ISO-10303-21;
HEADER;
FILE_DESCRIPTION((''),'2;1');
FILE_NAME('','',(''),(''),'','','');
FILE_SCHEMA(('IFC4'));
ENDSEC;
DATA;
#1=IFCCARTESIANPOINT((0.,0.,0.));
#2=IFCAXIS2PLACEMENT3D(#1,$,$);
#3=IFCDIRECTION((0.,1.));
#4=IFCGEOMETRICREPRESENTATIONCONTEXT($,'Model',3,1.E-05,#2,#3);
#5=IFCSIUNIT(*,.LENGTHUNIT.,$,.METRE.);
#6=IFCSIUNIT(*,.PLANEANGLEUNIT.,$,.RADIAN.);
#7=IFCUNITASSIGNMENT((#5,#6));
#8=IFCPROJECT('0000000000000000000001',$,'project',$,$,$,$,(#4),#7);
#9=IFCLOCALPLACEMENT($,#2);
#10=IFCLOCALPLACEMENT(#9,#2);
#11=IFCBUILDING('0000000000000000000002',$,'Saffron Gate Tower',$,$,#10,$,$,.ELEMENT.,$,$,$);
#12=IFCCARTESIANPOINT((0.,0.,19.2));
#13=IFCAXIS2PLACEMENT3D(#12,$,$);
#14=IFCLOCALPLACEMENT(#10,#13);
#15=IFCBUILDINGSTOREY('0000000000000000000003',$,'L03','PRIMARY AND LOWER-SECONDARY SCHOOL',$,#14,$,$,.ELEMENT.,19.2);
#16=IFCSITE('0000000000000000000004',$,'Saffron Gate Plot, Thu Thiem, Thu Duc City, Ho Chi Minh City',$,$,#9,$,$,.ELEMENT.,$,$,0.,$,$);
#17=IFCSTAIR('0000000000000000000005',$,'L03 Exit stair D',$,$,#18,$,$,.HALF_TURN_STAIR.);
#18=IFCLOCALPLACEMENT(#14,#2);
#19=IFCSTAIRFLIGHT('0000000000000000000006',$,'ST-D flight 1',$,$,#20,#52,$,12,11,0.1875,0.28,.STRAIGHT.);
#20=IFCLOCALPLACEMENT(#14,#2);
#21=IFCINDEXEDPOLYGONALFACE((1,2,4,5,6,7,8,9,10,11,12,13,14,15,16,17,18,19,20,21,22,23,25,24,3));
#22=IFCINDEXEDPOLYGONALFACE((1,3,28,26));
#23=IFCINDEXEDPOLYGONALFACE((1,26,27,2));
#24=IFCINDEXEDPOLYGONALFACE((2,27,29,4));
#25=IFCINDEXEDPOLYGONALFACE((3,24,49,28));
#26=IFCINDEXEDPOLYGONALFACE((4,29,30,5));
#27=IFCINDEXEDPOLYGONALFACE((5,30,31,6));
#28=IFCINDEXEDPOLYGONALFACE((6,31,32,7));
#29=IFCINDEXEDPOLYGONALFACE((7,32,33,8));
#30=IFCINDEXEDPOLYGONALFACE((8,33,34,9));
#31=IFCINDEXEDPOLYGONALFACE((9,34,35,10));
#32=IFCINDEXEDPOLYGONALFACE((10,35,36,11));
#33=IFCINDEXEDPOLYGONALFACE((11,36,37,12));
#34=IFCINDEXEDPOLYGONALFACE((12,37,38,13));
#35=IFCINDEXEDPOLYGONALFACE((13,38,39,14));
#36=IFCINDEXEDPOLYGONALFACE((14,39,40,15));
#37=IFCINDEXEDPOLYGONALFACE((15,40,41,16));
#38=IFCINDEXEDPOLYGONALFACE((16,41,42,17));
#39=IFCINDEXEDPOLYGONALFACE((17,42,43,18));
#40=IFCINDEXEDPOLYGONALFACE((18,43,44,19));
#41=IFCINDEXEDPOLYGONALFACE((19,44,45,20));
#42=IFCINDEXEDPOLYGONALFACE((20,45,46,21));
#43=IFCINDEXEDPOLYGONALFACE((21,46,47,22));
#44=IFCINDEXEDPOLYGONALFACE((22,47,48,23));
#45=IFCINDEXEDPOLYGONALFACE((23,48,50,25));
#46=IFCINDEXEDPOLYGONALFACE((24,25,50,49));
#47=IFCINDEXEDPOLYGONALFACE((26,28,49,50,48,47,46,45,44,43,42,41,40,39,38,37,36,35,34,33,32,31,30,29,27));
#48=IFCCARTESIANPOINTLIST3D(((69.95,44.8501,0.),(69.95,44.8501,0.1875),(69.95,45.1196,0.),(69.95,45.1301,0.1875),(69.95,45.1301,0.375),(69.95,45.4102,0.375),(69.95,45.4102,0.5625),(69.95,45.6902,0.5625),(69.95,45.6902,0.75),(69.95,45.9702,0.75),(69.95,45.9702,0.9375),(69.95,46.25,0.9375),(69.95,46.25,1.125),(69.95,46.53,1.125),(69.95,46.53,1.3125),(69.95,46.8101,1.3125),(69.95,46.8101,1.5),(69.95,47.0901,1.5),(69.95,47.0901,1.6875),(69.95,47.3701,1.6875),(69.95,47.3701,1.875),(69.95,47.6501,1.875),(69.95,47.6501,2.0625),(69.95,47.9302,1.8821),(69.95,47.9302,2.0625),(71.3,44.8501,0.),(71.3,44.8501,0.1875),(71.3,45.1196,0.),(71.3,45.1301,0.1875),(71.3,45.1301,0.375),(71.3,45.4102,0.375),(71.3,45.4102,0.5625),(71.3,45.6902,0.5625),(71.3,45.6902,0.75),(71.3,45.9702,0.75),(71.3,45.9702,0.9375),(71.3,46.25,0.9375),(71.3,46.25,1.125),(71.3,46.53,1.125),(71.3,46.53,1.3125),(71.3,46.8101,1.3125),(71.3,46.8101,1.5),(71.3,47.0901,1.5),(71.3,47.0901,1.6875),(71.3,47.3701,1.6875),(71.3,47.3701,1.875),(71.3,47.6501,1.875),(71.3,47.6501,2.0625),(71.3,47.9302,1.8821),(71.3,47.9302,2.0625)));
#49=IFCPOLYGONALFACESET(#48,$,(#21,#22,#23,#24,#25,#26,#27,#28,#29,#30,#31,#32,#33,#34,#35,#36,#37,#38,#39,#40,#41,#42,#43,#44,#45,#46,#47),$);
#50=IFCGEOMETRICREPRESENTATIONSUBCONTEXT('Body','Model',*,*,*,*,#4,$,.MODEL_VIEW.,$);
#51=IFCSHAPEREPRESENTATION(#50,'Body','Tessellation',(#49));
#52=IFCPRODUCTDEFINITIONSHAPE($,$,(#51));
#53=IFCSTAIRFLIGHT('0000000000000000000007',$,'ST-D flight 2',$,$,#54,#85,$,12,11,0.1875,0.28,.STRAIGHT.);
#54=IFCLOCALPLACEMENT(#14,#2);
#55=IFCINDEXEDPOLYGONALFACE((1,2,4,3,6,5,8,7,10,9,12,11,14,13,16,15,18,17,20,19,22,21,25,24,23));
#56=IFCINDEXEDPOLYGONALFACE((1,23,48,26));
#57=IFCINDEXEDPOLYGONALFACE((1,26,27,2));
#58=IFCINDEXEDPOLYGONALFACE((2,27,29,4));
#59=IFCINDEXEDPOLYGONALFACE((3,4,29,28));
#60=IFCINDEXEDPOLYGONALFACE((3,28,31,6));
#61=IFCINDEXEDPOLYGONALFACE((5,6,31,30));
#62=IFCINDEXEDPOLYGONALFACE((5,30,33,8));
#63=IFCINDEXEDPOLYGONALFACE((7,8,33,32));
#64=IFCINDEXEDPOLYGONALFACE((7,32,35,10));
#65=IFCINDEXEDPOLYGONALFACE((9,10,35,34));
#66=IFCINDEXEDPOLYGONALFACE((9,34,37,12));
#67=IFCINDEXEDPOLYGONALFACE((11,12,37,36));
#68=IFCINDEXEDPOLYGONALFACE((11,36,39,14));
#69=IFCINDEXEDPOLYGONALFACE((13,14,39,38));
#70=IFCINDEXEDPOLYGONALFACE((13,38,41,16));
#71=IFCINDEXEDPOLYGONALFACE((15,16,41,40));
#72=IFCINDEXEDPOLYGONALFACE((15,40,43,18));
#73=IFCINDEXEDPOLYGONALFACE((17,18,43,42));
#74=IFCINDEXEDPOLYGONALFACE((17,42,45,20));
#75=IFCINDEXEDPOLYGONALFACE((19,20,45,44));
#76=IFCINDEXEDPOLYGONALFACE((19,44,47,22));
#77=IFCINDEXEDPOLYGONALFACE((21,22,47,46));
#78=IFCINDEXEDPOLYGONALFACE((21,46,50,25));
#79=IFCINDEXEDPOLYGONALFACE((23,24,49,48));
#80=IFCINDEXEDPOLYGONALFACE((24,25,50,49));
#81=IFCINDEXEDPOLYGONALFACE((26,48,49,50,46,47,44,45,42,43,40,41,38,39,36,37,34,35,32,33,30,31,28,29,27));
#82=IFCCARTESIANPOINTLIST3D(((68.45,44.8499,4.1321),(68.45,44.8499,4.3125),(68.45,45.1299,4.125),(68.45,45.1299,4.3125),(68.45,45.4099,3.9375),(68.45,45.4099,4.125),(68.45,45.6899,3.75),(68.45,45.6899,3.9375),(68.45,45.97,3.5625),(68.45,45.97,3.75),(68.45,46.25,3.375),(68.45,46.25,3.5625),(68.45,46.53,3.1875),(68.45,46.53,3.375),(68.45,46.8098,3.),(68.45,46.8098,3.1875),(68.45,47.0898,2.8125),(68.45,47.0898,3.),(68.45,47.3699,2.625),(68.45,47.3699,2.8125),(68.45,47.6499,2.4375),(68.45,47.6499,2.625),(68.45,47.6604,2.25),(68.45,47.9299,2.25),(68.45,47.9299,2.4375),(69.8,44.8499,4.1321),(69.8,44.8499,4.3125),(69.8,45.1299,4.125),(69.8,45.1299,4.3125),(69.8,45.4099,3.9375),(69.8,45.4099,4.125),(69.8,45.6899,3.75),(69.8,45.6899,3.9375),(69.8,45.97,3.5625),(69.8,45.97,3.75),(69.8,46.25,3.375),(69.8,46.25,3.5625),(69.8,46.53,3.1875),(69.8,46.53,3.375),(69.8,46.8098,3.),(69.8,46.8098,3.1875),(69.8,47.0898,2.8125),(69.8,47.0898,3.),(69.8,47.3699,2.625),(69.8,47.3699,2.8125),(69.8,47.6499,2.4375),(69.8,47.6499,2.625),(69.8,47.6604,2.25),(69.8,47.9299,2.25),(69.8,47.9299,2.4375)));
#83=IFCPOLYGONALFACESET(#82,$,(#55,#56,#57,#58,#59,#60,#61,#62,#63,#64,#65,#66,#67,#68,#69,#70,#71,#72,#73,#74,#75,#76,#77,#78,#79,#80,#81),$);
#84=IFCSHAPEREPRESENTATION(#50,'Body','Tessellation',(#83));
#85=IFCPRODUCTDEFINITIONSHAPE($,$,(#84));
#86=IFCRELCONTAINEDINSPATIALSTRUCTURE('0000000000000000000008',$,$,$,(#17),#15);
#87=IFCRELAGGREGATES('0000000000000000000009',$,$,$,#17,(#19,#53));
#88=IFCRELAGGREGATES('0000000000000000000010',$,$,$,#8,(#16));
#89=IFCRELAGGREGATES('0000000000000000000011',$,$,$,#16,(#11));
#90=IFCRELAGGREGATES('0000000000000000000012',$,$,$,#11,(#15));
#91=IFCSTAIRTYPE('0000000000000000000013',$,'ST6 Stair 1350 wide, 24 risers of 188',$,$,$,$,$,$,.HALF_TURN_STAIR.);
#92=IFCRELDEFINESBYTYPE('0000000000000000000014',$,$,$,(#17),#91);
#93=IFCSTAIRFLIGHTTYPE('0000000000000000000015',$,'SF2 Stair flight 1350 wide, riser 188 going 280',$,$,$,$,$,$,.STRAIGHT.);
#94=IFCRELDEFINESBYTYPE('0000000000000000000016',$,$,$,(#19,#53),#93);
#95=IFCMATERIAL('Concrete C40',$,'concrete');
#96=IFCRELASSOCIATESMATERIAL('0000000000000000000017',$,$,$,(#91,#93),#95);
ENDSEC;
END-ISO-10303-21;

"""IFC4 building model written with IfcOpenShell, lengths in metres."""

from ifc_helpers import new_model, si_unit, direction, frame, origin, place, context, subcontext, project, spatial, polyline, outline, extrude, material, type_object, element, aggregate, save


model = new_model("IFC4")

# Units and contexts
model_context = context("Model", 3, precision=1e-05, world=origin(), true_north=direction((0.0, 1.0)))
body_context = subcontext(model_context, "Body", "Model", "MODEL_VIEW")
ifc_project = project(units=[si_unit("LENGTHUNIT", "METRE"), si_unit("PLANEANGLEUNIT", "RADIAN")], contexts=[model_context])

# Site, building, storey
site_placement = place(None, origin())
site = spatial("IfcSite", under=ifc_project, at=site_placement, Name="Saffron Gate Plot, Thu Thiem, Thu Duc City, Ho Chi Minh City", CompositionType="ELEMENT", RefElevation=0.0)
building_placement = place(site_placement, origin())
building = spatial("IfcBuilding", under=site, at=building_placement, Name="Saffron Gate Tower", CompositionType="ELEMENT")
storey_placement = place(building_placement, frame((0.0, 0.0, 19.2)))
storey = spatial("IfcBuildingStorey", under=building, at=storey_placement, Name="L03", Description="PRIMARY AND LOWER-SECONDARY SCHOOL", CompositionType="ELEMENT", Elevation=19.2)

# Stair, stair flights
ifc_material_1 = material(Name="Concrete C40", Category="concrete")
stair_type = type_object("IfcStairType", Name="ST6 Stair 1350 wide, 24 risers of 188", PredefinedType="HALF_TURN_STAIR", material=ifc_material_1)
stair_flight_type = type_object("IfcStairFlightType", Name="SF2 Stair flight 1350 wide, riser 188 going 280", PredefinedType="STRAIGHT", material=ifc_material_1)
stair_1_placement = place(storey_placement, origin())
stair_1 = element("IfcStair", 1, at=stair_1_placement, inside=storey, type_object=stair_type, Name="L03 Exit stair D", PredefinedType="HALF_TURN_STAIR")
stair_flight_1_placement = place(storey_placement, frame((70.625, 44.8501, 0.0), z_axis=(0.0, 0.0, 1.0), x_axis=(0.0, 1.0, 0.0)))
stair_flight_1 = element("IfcStairFlight", 2, at=stair_flight_1_placement, type_object=stair_flight_type, Name="ST-D flight 1", NumberOfRisers=12, NumberOfTreads=11, PredefinedType="STRAIGHT", RiserHeight=0.1875, TreadLength=0.28, context=body_context, shape_type="SweptSolid", body=[
    extrude(outline(polyline([(0.0, 0.0), (0.0, 0.1875), (0.28, 0.1875), (0.28, 0.375), (0.5601, 0.375), (0.5601, 0.5625), (0.8401, 0.5625), (0.8401, 0.75), (1.1201, 0.75), (1.1201, 0.9375), (1.3999, 0.9375), (1.3999, 1.125), (1.6799, 1.125), (1.6799, 1.3125), (1.96, 1.3125), (1.96, 1.5), (2.24, 1.5), (2.24, 1.6875), (2.52, 1.6875), (2.52, 1.875), (2.8, 1.875), (2.8, 2.0625), (3.0801, 2.0625), (3.0801, 2.25), (3.0801, 1.8821), (0.2695, 0.0), (0.0, 0.0)])), frame((0.0, 0.675, 0.0), z_axis=(0.0, -1.0, 0.0), x_axis=(1.0, 0.0, 0.0)), (0.0, 0.0, 1.0), 1.3501),
])
stair_flight_2_placement = place(storey_placement, frame((69.125, 47.9299, 2.25), z_axis=(0.0, 0.0, 1.0), x_axis=(0.0, -1.0, 0.0)))
stair_flight_2 = element("IfcStairFlight", 3, at=stair_flight_2_placement, type_object=stair_flight_type, Name="ST-D flight 2", NumberOfRisers=12, NumberOfTreads=11, PredefinedType="STRAIGHT", RiserHeight=0.1875, TreadLength=0.28, context=body_context, shape_type="SweptSolid", body=[
    extrude(outline(polyline([(0.0, 0.0), (0.0, 0.1875), (0.28, 0.1875), (0.28, 0.375), (0.5601, 0.375), (0.5601, 0.5625), (0.8401, 0.5625), (0.8401, 0.75), (1.1201, 0.75), (1.1201, 0.9375), (1.3999, 0.9375), (1.3999, 1.125), (1.6799, 1.125), (1.6799, 1.3125), (1.96, 1.3125), (1.96, 1.5), (2.24, 1.5), (2.24, 1.6875), (2.52, 1.6875), (2.52, 1.875), (2.8, 1.875), (2.8, 2.0625), (3.0801, 2.0625), (3.0801, 2.25), (3.0801, 1.8821), (0.2695, 0.0), (0.0, 0.0)])), frame((0.0, 0.675, 0.0), z_axis=(0.0, -1.0, 0.0), x_axis=(1.0, 0.0, 0.0)), (0.0, 0.0, 1.0), 1.3501),
])
aggregate(stair_1, [stair_flight_1, stair_flight_2])

save(model, "model.ifc")
